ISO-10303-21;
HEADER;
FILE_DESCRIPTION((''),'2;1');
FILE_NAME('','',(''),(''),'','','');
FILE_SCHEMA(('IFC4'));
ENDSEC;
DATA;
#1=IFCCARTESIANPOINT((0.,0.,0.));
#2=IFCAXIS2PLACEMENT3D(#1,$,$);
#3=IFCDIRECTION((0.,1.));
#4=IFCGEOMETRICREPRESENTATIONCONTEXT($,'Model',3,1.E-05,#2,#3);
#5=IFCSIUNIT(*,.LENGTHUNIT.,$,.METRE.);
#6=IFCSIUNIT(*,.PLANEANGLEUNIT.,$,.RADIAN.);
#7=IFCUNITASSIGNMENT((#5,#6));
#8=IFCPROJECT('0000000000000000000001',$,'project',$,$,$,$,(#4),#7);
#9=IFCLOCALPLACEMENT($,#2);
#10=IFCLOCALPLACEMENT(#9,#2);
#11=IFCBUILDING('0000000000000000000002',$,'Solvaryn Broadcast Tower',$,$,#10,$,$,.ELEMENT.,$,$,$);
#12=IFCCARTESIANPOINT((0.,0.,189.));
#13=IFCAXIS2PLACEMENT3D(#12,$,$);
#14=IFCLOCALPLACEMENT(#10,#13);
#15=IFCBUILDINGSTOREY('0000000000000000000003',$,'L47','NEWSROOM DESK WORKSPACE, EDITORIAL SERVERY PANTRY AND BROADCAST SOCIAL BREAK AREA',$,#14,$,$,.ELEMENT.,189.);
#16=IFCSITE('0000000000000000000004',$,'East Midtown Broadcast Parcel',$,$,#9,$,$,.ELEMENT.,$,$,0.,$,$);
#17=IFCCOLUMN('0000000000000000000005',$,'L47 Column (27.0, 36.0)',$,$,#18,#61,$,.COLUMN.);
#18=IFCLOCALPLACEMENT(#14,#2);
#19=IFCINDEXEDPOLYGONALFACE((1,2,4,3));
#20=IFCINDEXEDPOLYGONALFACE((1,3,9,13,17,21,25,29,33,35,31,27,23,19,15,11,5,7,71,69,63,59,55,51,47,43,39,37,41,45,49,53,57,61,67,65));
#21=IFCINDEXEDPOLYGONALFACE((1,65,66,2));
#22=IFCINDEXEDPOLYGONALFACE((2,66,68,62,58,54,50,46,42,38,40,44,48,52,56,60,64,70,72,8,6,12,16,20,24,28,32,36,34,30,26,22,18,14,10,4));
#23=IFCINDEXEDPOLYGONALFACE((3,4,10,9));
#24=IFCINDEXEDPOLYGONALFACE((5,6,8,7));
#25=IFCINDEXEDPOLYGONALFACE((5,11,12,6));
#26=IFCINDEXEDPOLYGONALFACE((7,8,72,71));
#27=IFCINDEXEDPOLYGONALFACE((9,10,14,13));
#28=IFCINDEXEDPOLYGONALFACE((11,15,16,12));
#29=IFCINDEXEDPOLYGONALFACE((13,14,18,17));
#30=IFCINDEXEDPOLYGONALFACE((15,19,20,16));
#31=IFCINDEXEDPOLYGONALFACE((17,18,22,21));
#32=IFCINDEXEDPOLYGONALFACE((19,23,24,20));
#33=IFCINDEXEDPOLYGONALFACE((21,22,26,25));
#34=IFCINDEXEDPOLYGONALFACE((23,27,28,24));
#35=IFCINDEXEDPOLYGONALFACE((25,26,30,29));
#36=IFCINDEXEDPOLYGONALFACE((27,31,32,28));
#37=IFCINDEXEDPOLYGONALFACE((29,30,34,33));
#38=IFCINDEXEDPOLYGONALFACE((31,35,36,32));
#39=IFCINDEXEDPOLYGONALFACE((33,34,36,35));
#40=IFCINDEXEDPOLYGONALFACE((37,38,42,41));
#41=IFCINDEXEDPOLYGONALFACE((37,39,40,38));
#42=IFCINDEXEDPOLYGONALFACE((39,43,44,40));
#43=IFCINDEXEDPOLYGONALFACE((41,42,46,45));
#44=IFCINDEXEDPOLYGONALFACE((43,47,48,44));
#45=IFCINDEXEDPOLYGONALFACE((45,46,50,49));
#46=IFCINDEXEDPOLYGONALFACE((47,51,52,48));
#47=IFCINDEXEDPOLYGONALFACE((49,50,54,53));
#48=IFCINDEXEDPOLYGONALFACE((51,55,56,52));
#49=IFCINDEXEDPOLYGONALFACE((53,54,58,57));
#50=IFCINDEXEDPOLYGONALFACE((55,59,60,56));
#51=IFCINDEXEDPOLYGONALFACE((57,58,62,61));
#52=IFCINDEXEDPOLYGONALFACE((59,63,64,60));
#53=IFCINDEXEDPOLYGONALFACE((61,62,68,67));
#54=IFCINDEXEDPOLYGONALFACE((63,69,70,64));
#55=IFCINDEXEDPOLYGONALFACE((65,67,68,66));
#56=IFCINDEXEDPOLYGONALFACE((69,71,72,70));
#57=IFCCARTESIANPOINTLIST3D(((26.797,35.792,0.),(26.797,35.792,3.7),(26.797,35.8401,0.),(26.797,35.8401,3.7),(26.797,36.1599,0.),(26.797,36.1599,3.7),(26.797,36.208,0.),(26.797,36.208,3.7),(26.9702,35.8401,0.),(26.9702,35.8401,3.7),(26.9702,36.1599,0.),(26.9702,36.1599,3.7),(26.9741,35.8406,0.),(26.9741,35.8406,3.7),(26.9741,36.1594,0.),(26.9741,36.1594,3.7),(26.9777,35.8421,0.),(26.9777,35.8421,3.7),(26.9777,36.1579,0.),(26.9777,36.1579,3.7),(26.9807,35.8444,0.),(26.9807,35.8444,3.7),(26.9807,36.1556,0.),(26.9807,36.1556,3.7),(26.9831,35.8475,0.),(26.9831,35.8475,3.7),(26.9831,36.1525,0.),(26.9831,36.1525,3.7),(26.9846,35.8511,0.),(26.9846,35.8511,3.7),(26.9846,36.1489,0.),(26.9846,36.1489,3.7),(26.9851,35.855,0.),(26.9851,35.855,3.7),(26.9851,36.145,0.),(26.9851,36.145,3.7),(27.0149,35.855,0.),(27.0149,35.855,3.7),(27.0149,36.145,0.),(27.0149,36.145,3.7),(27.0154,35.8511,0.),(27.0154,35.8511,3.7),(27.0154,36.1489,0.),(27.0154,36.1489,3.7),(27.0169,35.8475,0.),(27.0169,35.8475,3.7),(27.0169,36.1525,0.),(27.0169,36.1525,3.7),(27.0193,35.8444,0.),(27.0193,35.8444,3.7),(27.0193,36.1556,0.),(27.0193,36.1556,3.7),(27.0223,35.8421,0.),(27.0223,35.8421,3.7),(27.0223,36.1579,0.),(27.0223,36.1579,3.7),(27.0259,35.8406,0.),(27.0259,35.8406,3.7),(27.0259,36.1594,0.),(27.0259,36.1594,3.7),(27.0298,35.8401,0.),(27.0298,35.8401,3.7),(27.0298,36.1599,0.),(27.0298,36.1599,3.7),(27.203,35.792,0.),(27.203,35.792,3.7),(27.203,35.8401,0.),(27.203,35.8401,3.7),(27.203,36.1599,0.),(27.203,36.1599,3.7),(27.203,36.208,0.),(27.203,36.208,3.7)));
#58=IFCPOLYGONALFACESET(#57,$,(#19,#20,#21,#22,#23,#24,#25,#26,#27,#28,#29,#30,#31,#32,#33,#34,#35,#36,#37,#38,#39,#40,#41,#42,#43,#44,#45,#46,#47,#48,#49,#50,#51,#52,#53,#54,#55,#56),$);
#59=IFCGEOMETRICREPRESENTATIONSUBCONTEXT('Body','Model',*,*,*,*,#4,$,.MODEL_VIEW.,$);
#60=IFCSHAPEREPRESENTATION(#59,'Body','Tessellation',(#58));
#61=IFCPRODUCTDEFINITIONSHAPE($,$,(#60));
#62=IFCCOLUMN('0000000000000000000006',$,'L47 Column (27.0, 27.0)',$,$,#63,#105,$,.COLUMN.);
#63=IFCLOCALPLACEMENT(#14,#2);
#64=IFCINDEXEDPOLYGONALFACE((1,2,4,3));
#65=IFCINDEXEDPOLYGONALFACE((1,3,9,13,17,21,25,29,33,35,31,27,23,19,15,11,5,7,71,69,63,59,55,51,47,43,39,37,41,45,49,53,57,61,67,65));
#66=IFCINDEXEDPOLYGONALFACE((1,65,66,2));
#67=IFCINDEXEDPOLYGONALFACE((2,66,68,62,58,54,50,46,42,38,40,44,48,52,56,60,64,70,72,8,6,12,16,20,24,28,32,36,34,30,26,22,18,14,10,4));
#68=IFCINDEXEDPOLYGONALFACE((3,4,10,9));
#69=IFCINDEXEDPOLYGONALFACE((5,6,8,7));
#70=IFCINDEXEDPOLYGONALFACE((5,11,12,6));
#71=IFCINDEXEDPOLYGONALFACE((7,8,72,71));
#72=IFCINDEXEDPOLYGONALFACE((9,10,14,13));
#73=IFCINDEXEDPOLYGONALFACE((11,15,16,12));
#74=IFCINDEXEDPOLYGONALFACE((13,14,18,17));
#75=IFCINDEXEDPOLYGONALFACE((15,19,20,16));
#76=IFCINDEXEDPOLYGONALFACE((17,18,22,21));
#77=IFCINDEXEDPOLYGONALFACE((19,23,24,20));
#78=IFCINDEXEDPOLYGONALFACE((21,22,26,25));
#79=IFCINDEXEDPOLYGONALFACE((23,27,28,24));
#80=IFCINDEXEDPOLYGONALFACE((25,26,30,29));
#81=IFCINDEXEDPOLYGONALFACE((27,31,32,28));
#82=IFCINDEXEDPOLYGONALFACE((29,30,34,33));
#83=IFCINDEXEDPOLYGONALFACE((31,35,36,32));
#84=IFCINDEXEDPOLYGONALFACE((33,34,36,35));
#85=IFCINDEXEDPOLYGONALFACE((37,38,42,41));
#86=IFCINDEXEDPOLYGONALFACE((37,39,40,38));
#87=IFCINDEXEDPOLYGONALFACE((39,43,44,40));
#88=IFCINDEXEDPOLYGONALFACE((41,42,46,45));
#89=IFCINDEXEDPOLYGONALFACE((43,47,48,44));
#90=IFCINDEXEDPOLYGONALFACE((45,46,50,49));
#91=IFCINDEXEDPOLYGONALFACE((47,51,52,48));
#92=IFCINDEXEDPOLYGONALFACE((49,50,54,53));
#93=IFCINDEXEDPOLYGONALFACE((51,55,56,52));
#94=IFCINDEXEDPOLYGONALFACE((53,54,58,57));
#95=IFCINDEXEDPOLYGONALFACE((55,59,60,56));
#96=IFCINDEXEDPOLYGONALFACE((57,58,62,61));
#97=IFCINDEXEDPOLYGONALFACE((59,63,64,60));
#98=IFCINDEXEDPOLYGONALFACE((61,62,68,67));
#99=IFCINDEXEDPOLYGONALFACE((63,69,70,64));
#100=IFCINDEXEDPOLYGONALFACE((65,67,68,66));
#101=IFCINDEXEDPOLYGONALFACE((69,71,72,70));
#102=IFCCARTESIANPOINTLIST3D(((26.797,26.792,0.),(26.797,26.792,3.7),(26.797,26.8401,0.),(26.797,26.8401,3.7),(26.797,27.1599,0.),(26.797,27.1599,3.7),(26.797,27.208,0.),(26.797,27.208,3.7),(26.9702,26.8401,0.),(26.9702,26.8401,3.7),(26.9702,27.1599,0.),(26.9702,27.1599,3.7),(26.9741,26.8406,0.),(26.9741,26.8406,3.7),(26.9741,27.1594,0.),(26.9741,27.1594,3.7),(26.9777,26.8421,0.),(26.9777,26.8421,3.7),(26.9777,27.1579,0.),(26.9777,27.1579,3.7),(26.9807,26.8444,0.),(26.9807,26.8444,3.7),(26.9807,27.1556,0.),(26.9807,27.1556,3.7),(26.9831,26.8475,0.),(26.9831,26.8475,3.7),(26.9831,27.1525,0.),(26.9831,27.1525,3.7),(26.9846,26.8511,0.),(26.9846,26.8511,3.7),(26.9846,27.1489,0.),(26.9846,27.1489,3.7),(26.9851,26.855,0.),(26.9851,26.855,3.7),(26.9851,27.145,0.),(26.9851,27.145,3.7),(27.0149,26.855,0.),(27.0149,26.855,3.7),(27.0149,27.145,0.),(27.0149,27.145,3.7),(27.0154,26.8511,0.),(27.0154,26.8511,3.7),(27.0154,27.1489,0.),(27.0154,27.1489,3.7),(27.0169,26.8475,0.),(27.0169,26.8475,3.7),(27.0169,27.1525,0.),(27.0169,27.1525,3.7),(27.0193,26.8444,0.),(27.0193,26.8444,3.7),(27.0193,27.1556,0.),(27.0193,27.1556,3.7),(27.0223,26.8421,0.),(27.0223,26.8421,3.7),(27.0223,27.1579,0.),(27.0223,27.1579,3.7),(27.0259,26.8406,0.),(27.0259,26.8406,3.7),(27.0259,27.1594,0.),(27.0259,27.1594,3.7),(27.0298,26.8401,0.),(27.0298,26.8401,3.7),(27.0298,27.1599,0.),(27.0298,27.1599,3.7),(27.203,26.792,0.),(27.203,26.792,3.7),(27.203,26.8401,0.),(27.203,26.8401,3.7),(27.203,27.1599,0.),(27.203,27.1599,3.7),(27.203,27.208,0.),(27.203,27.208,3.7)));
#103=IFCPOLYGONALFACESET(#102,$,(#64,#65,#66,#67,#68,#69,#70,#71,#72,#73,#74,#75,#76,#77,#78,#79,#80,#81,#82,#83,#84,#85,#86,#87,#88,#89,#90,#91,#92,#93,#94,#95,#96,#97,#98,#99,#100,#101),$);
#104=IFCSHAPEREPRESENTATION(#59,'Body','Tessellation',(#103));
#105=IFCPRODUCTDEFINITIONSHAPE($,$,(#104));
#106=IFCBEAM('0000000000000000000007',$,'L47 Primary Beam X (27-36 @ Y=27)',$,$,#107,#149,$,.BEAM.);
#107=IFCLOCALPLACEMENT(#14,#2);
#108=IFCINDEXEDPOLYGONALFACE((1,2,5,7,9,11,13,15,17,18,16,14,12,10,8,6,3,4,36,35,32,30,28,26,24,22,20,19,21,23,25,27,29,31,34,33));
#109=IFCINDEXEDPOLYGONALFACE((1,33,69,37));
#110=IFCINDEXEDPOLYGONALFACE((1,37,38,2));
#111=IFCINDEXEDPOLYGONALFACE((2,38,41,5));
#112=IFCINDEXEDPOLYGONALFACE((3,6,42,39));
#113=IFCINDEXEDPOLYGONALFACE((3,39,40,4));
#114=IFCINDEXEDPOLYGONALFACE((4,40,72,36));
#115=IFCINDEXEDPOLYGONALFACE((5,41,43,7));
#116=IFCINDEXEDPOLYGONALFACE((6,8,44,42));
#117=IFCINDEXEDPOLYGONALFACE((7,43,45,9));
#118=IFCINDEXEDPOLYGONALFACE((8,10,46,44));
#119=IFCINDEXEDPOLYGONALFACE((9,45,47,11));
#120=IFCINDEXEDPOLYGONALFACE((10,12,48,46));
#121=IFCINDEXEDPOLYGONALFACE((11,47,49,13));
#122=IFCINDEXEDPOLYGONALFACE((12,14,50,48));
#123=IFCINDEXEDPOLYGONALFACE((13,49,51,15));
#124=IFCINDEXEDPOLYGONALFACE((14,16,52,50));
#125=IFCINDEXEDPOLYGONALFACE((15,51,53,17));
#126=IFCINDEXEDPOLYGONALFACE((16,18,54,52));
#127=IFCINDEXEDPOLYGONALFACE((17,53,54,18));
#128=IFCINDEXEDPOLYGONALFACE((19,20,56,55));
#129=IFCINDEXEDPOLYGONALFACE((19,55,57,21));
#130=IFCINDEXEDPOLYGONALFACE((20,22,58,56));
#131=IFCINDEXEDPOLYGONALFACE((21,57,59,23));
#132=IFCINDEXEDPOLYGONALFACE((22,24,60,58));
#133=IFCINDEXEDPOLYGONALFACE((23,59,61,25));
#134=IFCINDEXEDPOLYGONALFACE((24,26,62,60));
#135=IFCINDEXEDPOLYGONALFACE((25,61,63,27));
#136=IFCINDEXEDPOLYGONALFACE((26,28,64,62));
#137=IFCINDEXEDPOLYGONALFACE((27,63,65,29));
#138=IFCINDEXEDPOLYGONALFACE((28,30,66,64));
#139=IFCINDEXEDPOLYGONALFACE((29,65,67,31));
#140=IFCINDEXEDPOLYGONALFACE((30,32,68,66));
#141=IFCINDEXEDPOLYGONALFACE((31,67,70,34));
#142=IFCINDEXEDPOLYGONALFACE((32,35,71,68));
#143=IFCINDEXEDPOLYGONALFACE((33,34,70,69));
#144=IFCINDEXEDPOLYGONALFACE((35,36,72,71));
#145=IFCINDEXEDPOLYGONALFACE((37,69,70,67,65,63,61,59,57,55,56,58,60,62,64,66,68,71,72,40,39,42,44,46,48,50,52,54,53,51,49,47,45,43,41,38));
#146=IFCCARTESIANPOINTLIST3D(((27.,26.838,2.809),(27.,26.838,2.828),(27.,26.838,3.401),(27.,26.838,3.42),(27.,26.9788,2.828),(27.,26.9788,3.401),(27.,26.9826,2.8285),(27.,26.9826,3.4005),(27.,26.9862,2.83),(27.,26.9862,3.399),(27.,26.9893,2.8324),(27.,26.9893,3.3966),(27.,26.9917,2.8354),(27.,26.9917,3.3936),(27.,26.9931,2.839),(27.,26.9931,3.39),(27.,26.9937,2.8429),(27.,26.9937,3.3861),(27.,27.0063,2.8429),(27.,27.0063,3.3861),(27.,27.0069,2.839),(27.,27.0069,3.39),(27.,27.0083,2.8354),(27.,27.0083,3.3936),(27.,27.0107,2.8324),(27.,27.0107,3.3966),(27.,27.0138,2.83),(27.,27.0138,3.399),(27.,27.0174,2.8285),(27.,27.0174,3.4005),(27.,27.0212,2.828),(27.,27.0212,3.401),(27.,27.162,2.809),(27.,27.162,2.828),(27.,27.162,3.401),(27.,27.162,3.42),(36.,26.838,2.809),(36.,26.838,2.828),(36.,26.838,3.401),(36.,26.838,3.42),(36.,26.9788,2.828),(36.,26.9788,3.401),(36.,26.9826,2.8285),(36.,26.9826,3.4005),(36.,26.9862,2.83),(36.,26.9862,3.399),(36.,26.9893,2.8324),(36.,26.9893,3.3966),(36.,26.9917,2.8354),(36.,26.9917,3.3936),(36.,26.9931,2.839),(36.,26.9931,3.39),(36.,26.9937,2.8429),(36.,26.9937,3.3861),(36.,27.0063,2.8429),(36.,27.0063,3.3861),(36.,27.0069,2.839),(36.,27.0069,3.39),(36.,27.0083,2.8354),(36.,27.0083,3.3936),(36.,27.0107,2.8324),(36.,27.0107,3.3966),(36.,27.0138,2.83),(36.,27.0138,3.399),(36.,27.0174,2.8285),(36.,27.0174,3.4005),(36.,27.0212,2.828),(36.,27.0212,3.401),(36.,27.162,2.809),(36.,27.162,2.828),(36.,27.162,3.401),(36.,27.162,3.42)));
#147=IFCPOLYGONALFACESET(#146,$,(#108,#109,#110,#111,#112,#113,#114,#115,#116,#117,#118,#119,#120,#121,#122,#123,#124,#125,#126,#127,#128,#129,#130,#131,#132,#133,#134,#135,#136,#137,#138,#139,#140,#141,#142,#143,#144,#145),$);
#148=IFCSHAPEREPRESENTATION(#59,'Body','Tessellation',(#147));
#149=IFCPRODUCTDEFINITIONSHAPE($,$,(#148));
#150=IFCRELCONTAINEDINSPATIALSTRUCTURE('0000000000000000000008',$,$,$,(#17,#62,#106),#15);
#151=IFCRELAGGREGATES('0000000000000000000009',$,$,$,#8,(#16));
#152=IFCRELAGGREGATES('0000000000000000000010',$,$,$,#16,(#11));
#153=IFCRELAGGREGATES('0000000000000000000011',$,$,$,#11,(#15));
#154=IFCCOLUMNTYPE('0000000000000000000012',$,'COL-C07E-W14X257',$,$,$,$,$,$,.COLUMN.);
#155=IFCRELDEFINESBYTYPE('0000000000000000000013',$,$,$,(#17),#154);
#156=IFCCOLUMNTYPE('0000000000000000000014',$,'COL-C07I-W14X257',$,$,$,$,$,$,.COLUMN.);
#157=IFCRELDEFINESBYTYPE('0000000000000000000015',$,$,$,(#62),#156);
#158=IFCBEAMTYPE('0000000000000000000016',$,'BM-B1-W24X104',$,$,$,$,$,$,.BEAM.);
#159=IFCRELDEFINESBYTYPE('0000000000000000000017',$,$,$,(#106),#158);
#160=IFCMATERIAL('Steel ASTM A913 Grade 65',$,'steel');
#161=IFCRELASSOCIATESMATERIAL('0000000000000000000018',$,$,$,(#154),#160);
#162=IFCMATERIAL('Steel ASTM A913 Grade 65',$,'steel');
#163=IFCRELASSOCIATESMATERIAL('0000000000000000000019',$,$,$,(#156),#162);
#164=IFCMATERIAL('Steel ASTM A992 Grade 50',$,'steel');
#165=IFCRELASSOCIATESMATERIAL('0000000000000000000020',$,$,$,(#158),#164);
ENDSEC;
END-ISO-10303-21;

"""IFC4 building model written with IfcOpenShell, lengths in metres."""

from ifc_helpers import new_model, si_unit, direction, frame, origin, origin_2d, place, context, subcontext, project, spatial, i_section, extrude, material, material_profile, profile_set, type_object, element, save


model = new_model("IFC4")

# Units and contexts
model_context = context("Model", 3, precision=1e-05, world=origin(), true_north=direction((0.0, 1.0)))
body_context = subcontext(model_context, "Body", "Model", "MODEL_VIEW")
ifc_project = project(units=[si_unit("LENGTHUNIT", "METRE"), si_unit("PLANEANGLEUNIT", "RADIAN")], contexts=[model_context])

# Site, building, storey
site_placement = place(None, origin())
site = spatial("IfcSite", under=ifc_project, at=site_placement, Name="East Midtown Broadcast Parcel", CompositionType="ELEMENT", RefElevation=0.0)
building_placement = place(site_placement, origin())
building = spatial("IfcBuilding", under=site, at=building_placement, Name="Solvaryn Broadcast Tower", CompositionType="ELEMENT")
storey_placement = place(building_placement, frame((0.0, 0.0, 189.0)))
storey = spatial("IfcBuildingStorey", under=building, at=storey_placement, Name="L47", Description="NEWSROOM DESK WORKSPACE, EDITORIAL SERVERY PANTRY AND BROADCAST SOCIAL BREAK AREA", CompositionType="ELEMENT", Elevation=189.0)

# Columns
ifc_material_1 = material(Name="Steel ASTM A913 Grade 65", Category="steel")
ifc_material_profile_1 = material_profile(ifc_material_1, i_section(OverallWidth=0.406, OverallDepth=0.416, WebThickness=0.0298, FlangeThickness=0.0481, FilletRadius=0.0149, at=origin_2d()))
ifc_profile_set_1 = profile_set([ifc_material_profile_1], Name="Steel ASTM A913 Grade 65")
column_type_1 = type_object("IfcColumnType", Name="COL-C07E-W14X257", PredefinedType="COLUMN", material=ifc_profile_set_1)
column_1_placement = place(storey_placement, frame((27.0, 36.0, 0.0), z_axis=(0.0, 0.0, 1.0), x_axis=(1.0, 0.0, 0.0)))
element("IfcColumn", 1, at=column_1_placement, inside=storey, type_object=column_type_1, Name="L47 Column (27.0, 36.0)", PredefinedType="COLUMN", context=body_context, shape_type="SweptSolid", body=[
    extrude(i_section(OverallWidth=0.406, OverallDepth=0.416, WebThickness=0.0298, FlangeThickness=0.0481, FilletRadius=0.0149, at=origin_2d()), origin(), (0.0, 0.0, 1.0), 3.7),
])
ifc_material_2 = material(Name="Steel ASTM A913 Grade 65", Category="steel")
ifc_material_profile_2 = material_profile(ifc_material_2, i_section(OverallWidth=0.406, OverallDepth=0.416, WebThickness=0.0298, FlangeThickness=0.0481, FilletRadius=0.0149, at=origin_2d()))
ifc_profile_set_2 = profile_set([ifc_material_profile_2], Name="Steel ASTM A913 Grade 65")
column_type_2 = type_object("IfcColumnType", Name="COL-C07I-W14X257", PredefinedType="COLUMN", material=ifc_profile_set_2)
column_2_placement = place(storey_placement, frame((27.0, 27.0, 0.0), z_axis=(0.0, 0.0, 1.0), x_axis=(1.0, 0.0, 0.0)))
element("IfcColumn", 2, at=column_2_placement, inside=storey, type_object=column_type_2, Name="L47 Column (27.0, 27.0)", PredefinedType="COLUMN", context=body_context, shape_type="SweptSolid", body=[
    extrude(i_section(OverallWidth=0.406, OverallDepth=0.416, WebThickness=0.0298, FlangeThickness=0.0481, FilletRadius=0.0149, at=origin_2d()), origin(), (0.0, 0.0, 1.0), 3.7),
])

# Beam
ifc_material_3 = material(Name="Steel ASTM A992 Grade 50", Category="steel")
ifc_material_profile_3 = material_profile(ifc_material_3, i_section(OverallWidth=0.324, OverallDepth=0.6111, WebThickness=0.0127, FlangeThickness=0.019, FilletRadius=0.0149, at=origin_2d()))
ifc_profile_set_3 = profile_set([ifc_material_profile_3], Name="Steel ASTM A992 Grade 50")
beam_type_1 = type_object("IfcBeamType", Name="BM-B1-W24X104", PredefinedType="BEAM", material=ifc_profile_set_3)
beam_1_placement = place(storey_placement, frame((27.0, 27.0, 3.1145), z_axis=(1.0, 0.0, 0.0), x_axis=(0.0, 1.0, 0.0)))
element("IfcBeam", 3, at=beam_1_placement, inside=storey, type_object=beam_type_1, Name="L47 Primary Beam X (27-36 @ Y=27)", PredefinedType="BEAM", context=body_context, shape_type="SweptSolid", body=[
    extrude(i_section(OverallWidth=0.324, OverallDepth=0.6111, WebThickness=0.0127, FlangeThickness=0.019, FilletRadius=0.0149, at=origin_2d()), origin(), (0.0, 0.0, 1.0), 9.0),
])

save(model, "model.ifc")
